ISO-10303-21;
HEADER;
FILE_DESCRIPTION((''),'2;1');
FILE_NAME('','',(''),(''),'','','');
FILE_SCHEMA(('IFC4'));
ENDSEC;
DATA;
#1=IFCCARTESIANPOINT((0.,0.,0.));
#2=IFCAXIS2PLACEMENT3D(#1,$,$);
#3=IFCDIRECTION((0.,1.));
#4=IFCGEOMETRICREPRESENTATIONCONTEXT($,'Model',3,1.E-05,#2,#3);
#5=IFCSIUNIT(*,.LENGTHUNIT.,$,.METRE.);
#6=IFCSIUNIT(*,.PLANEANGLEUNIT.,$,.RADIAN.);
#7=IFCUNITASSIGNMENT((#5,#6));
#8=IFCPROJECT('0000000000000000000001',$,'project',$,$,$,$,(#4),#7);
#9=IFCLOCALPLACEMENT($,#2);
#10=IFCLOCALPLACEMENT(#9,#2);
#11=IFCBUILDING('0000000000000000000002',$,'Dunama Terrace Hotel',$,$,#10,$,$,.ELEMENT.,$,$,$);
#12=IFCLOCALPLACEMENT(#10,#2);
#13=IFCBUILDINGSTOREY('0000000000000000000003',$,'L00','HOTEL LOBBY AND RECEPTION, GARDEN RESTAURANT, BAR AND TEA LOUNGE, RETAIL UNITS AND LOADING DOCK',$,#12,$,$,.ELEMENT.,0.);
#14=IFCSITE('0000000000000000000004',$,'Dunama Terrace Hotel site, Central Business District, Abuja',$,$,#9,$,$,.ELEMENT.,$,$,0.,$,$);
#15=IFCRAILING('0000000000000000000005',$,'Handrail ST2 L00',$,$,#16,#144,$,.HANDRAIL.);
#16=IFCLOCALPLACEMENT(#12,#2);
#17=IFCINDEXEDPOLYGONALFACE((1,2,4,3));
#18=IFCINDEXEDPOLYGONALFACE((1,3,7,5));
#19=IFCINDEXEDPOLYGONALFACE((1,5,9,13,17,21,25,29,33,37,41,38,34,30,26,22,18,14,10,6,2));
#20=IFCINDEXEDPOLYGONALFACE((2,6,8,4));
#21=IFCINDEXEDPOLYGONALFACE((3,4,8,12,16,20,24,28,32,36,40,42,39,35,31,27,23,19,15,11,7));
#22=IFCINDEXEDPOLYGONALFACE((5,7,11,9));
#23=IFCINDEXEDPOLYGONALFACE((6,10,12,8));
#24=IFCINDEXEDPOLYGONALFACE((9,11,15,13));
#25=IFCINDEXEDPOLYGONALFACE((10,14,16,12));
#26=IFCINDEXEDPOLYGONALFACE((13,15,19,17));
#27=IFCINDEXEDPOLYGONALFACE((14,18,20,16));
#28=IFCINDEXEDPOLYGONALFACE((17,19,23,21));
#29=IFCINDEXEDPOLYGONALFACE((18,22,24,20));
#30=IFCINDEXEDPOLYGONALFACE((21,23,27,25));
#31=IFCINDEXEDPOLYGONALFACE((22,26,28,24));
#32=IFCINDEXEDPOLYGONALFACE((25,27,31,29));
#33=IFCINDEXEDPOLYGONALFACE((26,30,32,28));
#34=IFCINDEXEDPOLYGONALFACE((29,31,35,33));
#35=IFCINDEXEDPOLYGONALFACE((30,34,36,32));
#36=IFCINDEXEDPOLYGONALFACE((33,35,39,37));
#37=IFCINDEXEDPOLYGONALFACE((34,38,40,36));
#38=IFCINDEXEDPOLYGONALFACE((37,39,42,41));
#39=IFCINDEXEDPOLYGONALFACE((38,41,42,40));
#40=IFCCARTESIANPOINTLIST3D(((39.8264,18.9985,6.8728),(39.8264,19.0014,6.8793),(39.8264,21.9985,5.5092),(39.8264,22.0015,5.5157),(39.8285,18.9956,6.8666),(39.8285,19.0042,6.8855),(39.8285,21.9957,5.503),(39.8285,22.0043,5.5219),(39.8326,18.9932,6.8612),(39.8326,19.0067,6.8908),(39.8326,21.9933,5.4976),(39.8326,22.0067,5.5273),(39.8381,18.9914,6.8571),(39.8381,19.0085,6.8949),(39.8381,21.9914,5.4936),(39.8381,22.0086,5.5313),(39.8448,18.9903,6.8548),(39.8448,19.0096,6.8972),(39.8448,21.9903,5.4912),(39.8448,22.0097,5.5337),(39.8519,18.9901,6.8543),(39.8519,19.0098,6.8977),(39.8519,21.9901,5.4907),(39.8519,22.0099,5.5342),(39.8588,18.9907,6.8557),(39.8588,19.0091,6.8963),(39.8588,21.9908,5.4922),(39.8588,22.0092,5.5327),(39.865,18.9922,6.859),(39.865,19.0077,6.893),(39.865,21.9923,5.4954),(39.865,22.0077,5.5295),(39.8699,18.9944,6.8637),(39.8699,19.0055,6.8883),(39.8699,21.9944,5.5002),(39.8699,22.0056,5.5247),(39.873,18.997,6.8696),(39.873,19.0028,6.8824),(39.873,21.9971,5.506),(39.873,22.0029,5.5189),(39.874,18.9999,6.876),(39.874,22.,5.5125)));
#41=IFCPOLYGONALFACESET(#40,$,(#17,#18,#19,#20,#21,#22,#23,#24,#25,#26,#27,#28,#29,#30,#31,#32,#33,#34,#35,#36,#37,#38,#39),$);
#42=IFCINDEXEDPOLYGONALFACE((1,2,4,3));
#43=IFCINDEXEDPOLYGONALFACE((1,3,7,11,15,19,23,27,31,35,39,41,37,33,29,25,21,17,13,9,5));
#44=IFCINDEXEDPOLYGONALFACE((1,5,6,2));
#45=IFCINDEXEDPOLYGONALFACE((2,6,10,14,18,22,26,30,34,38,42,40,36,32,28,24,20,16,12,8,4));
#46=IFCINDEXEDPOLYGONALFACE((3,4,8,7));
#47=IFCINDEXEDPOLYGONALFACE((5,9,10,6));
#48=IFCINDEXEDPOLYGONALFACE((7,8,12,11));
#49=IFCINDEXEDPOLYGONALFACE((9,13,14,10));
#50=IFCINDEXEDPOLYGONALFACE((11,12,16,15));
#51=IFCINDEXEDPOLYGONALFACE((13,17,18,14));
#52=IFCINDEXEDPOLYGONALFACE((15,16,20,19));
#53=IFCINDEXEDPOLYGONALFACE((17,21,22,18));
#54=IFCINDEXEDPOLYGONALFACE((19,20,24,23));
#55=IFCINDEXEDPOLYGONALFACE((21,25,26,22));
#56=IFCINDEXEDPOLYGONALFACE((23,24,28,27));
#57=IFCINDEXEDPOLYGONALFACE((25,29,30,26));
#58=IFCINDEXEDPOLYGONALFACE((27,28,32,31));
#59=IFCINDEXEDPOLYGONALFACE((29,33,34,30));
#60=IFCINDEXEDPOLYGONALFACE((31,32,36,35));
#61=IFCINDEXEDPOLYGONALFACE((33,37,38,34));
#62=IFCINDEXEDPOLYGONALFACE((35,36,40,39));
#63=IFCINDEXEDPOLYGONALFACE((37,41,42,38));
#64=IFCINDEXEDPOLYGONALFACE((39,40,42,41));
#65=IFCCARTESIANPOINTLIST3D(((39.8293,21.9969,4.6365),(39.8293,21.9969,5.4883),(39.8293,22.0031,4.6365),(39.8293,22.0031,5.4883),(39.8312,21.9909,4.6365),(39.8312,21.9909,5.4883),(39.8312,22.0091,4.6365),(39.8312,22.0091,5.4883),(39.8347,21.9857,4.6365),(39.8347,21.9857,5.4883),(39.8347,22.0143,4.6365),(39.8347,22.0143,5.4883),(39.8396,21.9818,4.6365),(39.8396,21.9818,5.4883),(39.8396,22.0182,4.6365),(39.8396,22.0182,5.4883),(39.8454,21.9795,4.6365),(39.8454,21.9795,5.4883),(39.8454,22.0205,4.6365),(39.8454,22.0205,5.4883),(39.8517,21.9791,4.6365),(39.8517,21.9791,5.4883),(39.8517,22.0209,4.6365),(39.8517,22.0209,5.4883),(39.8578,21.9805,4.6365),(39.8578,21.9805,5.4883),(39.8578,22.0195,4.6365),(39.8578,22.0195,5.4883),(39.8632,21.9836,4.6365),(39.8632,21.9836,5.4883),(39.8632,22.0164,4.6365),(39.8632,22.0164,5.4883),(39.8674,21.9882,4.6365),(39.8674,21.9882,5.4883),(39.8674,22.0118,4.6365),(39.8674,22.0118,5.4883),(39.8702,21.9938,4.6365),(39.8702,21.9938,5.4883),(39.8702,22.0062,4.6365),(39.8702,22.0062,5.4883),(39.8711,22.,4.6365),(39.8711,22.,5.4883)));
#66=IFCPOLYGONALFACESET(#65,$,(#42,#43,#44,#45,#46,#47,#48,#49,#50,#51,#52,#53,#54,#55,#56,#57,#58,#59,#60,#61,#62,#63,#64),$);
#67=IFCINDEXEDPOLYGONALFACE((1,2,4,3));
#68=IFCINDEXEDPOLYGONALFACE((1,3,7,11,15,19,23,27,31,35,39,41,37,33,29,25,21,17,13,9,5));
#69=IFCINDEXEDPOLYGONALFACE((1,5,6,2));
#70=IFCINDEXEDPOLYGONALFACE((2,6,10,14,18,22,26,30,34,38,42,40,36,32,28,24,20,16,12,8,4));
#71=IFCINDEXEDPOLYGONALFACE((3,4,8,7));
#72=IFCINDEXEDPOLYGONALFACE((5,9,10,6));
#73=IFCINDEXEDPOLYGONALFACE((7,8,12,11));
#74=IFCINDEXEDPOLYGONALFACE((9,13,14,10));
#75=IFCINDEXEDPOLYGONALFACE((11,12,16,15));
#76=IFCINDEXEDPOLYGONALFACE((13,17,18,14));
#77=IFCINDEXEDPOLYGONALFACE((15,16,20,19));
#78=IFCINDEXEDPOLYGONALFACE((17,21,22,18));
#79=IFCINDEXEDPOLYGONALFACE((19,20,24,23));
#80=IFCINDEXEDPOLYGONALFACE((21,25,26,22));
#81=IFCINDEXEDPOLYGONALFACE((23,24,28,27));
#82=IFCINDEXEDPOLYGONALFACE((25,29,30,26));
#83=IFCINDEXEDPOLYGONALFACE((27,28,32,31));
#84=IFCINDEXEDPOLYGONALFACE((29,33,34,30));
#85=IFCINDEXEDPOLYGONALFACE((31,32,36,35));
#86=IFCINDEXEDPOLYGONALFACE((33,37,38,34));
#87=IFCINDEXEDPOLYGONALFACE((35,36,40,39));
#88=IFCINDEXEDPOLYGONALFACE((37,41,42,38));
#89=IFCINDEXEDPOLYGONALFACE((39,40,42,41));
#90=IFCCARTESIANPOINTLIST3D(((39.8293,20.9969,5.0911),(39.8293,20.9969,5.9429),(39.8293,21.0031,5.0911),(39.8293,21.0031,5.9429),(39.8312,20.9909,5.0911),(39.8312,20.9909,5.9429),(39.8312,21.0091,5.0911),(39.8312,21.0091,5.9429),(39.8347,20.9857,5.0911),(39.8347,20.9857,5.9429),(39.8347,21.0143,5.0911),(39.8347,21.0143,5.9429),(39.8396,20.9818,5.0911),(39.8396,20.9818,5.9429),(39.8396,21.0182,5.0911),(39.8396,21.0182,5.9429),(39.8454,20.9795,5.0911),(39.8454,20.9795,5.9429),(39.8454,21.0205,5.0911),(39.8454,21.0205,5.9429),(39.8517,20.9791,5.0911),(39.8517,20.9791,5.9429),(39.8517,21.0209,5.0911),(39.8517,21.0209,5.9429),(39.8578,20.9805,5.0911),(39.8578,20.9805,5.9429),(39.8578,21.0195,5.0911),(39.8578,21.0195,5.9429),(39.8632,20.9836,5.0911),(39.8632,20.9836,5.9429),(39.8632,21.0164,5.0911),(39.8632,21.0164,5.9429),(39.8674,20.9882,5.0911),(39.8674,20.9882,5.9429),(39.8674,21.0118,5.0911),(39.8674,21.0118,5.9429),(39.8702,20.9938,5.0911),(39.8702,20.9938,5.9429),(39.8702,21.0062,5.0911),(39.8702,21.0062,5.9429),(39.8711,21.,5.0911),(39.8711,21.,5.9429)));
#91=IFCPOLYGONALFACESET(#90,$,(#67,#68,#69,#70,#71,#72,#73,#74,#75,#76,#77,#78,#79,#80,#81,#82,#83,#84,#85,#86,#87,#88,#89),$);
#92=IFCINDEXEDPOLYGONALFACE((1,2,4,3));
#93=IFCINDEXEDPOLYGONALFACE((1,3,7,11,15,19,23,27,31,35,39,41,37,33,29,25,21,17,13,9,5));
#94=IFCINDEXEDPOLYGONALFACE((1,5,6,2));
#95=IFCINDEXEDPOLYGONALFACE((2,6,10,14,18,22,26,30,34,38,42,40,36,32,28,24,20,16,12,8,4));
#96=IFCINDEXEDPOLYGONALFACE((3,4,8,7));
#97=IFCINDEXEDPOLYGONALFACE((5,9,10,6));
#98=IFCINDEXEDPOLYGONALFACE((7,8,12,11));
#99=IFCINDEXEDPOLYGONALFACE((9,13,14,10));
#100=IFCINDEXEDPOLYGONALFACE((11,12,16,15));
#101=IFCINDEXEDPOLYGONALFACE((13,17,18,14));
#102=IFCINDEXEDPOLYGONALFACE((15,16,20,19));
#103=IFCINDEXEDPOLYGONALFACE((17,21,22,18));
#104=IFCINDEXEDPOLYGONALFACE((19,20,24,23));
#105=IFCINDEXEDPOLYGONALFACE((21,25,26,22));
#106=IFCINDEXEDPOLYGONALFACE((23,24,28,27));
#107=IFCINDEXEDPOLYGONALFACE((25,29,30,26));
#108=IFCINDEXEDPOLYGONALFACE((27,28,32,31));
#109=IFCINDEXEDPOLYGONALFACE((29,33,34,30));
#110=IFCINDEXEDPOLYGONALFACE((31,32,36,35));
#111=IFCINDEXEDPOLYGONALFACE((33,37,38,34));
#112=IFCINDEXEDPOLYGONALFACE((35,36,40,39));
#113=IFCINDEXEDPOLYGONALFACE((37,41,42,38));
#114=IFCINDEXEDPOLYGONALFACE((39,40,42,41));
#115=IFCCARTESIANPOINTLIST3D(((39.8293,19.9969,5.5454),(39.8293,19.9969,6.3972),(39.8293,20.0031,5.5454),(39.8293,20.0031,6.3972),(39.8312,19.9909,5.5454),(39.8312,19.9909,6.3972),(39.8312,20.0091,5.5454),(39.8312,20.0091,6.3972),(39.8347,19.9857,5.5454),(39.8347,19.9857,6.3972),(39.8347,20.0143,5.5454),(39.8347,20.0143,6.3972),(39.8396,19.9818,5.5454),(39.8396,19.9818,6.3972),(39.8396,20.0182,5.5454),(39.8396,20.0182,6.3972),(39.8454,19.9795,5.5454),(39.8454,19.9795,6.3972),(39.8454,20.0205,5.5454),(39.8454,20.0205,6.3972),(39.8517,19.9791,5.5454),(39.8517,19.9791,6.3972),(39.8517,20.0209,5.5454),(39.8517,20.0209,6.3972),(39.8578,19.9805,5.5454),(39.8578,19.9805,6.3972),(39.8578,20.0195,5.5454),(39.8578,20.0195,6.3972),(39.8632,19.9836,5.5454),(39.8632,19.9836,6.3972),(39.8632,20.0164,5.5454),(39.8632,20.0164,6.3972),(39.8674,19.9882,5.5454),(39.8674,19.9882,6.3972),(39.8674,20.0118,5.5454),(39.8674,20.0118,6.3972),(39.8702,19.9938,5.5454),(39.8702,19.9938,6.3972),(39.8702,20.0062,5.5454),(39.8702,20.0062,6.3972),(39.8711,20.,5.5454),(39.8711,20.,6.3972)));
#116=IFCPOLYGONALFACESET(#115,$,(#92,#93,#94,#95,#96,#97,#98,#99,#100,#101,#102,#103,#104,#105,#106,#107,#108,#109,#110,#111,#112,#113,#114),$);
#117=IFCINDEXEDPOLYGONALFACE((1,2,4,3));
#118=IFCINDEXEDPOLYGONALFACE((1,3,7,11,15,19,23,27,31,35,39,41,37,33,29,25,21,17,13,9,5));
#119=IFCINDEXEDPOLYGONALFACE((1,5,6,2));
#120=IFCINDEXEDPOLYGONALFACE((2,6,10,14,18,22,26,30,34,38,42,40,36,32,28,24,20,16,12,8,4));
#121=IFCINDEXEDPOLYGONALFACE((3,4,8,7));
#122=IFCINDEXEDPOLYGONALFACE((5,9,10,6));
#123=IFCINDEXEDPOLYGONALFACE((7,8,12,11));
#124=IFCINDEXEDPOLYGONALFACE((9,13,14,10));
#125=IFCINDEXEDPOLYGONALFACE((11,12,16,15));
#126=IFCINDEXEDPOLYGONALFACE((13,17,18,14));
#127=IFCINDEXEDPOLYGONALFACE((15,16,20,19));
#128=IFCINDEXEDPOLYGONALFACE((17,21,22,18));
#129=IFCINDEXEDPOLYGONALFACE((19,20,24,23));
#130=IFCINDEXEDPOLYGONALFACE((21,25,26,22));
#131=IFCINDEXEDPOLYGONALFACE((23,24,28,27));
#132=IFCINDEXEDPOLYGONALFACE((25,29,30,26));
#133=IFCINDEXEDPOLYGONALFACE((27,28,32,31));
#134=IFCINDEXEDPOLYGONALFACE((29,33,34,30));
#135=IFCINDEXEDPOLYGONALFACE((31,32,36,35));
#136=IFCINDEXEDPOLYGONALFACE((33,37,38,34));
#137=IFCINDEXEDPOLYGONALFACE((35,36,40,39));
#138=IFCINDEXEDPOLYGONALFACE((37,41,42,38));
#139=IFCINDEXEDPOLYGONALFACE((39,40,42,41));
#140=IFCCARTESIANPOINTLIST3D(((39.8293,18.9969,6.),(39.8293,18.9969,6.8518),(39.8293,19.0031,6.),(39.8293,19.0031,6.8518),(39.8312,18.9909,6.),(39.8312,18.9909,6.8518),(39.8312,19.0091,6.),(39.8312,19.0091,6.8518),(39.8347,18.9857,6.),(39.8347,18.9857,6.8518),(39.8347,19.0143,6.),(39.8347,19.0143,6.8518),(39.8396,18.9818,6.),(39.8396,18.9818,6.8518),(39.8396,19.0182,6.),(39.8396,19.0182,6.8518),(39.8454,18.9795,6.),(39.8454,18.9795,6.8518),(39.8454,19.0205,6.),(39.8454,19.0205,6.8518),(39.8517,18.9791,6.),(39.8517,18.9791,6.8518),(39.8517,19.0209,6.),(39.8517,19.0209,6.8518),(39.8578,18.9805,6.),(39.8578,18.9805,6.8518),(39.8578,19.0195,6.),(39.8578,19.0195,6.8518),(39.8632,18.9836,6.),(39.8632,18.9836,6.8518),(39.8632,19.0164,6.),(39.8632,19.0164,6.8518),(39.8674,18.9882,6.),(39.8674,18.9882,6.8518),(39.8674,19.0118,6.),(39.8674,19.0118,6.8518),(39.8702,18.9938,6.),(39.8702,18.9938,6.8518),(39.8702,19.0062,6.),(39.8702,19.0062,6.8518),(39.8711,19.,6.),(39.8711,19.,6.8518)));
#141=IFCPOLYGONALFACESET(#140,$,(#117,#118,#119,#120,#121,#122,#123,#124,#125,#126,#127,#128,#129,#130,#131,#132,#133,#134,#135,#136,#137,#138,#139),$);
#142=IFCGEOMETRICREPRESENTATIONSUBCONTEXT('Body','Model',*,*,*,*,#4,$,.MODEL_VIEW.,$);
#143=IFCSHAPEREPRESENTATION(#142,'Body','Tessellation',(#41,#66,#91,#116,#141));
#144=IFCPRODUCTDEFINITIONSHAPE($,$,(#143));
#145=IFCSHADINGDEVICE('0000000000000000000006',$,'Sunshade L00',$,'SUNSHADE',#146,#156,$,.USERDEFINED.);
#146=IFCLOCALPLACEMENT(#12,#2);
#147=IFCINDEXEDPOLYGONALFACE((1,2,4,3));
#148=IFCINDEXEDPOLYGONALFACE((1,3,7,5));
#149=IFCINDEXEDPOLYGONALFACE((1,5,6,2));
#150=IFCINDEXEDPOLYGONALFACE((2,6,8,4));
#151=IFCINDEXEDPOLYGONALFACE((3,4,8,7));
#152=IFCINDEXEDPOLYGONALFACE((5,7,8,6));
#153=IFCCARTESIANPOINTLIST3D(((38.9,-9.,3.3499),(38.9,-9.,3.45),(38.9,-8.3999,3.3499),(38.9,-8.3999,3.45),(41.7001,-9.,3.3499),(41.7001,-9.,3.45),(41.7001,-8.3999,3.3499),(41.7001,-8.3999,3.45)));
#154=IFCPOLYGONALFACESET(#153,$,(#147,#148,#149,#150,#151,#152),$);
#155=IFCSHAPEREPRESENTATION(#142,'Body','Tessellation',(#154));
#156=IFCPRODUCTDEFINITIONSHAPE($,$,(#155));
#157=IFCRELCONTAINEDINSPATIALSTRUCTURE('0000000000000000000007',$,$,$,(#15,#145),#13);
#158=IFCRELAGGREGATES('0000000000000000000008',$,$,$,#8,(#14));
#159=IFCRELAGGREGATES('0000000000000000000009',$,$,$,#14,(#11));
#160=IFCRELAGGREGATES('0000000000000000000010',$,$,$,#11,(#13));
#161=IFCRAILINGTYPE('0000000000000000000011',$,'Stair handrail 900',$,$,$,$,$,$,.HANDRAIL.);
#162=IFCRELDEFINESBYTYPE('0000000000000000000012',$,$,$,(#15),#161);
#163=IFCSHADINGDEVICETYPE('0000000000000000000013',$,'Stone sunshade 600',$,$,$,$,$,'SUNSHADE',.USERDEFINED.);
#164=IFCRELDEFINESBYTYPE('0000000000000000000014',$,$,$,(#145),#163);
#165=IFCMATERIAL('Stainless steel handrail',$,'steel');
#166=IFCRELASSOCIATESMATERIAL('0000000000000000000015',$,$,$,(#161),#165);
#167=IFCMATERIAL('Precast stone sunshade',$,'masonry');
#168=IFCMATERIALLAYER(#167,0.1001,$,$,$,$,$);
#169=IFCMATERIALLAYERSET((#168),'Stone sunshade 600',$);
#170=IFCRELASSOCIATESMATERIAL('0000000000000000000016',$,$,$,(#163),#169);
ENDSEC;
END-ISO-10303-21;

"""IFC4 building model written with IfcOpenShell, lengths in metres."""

from ifc_helpers import new_model, si_unit, direction, frame, origin, origin_2d, place, context, subcontext, project, spatial, rectangle, circle, extrude, material, layer, layer_set, type_object, element, save


model = new_model("IFC4")

# Units and contexts
model_context = context("Model", 3, precision=1e-05, world=origin(), true_north=direction((0.0, 1.0)))
body_context = subcontext(model_context, "Body", "Model", "MODEL_VIEW")
ifc_project = project(units=[si_unit("LENGTHUNIT", "METRE"), si_unit("PLANEANGLEUNIT", "RADIAN")], contexts=[model_context])

# Site, building, storey
site_placement = place(None, origin())
site = spatial("IfcSite", under=ifc_project, at=site_placement, Name="Dunama Terrace Hotel site, Central Business District, Abuja", CompositionType="ELEMENT", RefElevation=0.0)
building_placement = place(site_placement, origin())
building = spatial("IfcBuilding", under=site, at=building_placement, Name="Dunama Terrace Hotel", CompositionType="ELEMENT")
storey_placement = place(building_placement, origin())
storey = spatial("IfcBuildingStorey", under=building, at=storey_placement, Name="L00", Description="HOTEL LOBBY AND RECEPTION, GARDEN RESTAURANT, BAR AND TEA LOUNGE, RETAIL UNITS AND LOADING DOCK", CompositionType="ELEMENT", Elevation=0.0)

# Railing
ifc_material_1 = material(Name="Stainless steel handrail", Category="steel")
railing_type = type_object("IfcRailingType", Name="Stair handrail 900", PredefinedType="HANDRAIL", material=ifc_material_1)
railing_1_placement = place(storey_placement, frame((39.8501, 22.0, 4.6365)))
element("IfcRailing", 1, at=railing_1_placement, inside=storey, type_object=railing_type, Name="Handrail ST2 L00", PredefinedType="HANDRAIL", context=body_context, shape_type="SweptSolid", body=[
    extrude(circle(Radius=0.0239, at=origin_2d()), frame((0.0, 0.0, 0.876), z_axis=(0.0, -0.910379, 0.413775), x_axis=(1.0, 0.0, 0.0)), (0.0, 0.0, 1.0), 3.2954),
    extrude(circle(Radius=0.021, at=origin_2d()), origin(), (0.0, 0.0, 1.0), 0.8518),
    extrude(circle(Radius=0.021, at=origin_2d()), frame((0.0, -1.0, 0.4546)), (0.0, 0.0, 1.0), 0.8518),
    extrude(circle(Radius=0.021, at=origin_2d()), frame((0.0, -2.0, 0.9089)), (0.0, 0.0, 1.0), 0.8518),
    extrude(circle(Radius=0.021, at=origin_2d()), frame((0.0, -3.0, 1.3635)), (0.0, 0.0, 1.0), 0.8518),
])

# Shading device
ifc_material_2 = material(Name="Precast stone sunshade", Category="masonry")
ifc_layer_1 = layer(ifc_material_2, 0.1001)
ifc_layer_set_1 = layer_set([ifc_layer_1], Name="Stone sunshade 600")
shading_device_type = type_object("IfcShadingDeviceType", Name="Stone sunshade 600", ElementType="SUNSHADE", PredefinedType="USERDEFINED", material=ifc_layer_set_1)
shading_device_placement = place(storey_placement, frame((40.3, -8.7, 3.3499), z_axis=(0.0, 0.0, 1.0), x_axis=(1.0, 0.0, 0.0)))
element("IfcShadingDevice", 2, at=shading_device_placement, inside=storey, type_object=shading_device_type, Name="Sunshade L00", ObjectType="SUNSHADE", PredefinedType="USERDEFINED", context=body_context, shape_type="SweptSolid", body=[
    extrude(rectangle(XDim=2.8, YDim=0.6001, at=origin_2d()), origin(), (0.0, 0.0, 1.0), 0.1001),
])

save(model, "model.ifc")
